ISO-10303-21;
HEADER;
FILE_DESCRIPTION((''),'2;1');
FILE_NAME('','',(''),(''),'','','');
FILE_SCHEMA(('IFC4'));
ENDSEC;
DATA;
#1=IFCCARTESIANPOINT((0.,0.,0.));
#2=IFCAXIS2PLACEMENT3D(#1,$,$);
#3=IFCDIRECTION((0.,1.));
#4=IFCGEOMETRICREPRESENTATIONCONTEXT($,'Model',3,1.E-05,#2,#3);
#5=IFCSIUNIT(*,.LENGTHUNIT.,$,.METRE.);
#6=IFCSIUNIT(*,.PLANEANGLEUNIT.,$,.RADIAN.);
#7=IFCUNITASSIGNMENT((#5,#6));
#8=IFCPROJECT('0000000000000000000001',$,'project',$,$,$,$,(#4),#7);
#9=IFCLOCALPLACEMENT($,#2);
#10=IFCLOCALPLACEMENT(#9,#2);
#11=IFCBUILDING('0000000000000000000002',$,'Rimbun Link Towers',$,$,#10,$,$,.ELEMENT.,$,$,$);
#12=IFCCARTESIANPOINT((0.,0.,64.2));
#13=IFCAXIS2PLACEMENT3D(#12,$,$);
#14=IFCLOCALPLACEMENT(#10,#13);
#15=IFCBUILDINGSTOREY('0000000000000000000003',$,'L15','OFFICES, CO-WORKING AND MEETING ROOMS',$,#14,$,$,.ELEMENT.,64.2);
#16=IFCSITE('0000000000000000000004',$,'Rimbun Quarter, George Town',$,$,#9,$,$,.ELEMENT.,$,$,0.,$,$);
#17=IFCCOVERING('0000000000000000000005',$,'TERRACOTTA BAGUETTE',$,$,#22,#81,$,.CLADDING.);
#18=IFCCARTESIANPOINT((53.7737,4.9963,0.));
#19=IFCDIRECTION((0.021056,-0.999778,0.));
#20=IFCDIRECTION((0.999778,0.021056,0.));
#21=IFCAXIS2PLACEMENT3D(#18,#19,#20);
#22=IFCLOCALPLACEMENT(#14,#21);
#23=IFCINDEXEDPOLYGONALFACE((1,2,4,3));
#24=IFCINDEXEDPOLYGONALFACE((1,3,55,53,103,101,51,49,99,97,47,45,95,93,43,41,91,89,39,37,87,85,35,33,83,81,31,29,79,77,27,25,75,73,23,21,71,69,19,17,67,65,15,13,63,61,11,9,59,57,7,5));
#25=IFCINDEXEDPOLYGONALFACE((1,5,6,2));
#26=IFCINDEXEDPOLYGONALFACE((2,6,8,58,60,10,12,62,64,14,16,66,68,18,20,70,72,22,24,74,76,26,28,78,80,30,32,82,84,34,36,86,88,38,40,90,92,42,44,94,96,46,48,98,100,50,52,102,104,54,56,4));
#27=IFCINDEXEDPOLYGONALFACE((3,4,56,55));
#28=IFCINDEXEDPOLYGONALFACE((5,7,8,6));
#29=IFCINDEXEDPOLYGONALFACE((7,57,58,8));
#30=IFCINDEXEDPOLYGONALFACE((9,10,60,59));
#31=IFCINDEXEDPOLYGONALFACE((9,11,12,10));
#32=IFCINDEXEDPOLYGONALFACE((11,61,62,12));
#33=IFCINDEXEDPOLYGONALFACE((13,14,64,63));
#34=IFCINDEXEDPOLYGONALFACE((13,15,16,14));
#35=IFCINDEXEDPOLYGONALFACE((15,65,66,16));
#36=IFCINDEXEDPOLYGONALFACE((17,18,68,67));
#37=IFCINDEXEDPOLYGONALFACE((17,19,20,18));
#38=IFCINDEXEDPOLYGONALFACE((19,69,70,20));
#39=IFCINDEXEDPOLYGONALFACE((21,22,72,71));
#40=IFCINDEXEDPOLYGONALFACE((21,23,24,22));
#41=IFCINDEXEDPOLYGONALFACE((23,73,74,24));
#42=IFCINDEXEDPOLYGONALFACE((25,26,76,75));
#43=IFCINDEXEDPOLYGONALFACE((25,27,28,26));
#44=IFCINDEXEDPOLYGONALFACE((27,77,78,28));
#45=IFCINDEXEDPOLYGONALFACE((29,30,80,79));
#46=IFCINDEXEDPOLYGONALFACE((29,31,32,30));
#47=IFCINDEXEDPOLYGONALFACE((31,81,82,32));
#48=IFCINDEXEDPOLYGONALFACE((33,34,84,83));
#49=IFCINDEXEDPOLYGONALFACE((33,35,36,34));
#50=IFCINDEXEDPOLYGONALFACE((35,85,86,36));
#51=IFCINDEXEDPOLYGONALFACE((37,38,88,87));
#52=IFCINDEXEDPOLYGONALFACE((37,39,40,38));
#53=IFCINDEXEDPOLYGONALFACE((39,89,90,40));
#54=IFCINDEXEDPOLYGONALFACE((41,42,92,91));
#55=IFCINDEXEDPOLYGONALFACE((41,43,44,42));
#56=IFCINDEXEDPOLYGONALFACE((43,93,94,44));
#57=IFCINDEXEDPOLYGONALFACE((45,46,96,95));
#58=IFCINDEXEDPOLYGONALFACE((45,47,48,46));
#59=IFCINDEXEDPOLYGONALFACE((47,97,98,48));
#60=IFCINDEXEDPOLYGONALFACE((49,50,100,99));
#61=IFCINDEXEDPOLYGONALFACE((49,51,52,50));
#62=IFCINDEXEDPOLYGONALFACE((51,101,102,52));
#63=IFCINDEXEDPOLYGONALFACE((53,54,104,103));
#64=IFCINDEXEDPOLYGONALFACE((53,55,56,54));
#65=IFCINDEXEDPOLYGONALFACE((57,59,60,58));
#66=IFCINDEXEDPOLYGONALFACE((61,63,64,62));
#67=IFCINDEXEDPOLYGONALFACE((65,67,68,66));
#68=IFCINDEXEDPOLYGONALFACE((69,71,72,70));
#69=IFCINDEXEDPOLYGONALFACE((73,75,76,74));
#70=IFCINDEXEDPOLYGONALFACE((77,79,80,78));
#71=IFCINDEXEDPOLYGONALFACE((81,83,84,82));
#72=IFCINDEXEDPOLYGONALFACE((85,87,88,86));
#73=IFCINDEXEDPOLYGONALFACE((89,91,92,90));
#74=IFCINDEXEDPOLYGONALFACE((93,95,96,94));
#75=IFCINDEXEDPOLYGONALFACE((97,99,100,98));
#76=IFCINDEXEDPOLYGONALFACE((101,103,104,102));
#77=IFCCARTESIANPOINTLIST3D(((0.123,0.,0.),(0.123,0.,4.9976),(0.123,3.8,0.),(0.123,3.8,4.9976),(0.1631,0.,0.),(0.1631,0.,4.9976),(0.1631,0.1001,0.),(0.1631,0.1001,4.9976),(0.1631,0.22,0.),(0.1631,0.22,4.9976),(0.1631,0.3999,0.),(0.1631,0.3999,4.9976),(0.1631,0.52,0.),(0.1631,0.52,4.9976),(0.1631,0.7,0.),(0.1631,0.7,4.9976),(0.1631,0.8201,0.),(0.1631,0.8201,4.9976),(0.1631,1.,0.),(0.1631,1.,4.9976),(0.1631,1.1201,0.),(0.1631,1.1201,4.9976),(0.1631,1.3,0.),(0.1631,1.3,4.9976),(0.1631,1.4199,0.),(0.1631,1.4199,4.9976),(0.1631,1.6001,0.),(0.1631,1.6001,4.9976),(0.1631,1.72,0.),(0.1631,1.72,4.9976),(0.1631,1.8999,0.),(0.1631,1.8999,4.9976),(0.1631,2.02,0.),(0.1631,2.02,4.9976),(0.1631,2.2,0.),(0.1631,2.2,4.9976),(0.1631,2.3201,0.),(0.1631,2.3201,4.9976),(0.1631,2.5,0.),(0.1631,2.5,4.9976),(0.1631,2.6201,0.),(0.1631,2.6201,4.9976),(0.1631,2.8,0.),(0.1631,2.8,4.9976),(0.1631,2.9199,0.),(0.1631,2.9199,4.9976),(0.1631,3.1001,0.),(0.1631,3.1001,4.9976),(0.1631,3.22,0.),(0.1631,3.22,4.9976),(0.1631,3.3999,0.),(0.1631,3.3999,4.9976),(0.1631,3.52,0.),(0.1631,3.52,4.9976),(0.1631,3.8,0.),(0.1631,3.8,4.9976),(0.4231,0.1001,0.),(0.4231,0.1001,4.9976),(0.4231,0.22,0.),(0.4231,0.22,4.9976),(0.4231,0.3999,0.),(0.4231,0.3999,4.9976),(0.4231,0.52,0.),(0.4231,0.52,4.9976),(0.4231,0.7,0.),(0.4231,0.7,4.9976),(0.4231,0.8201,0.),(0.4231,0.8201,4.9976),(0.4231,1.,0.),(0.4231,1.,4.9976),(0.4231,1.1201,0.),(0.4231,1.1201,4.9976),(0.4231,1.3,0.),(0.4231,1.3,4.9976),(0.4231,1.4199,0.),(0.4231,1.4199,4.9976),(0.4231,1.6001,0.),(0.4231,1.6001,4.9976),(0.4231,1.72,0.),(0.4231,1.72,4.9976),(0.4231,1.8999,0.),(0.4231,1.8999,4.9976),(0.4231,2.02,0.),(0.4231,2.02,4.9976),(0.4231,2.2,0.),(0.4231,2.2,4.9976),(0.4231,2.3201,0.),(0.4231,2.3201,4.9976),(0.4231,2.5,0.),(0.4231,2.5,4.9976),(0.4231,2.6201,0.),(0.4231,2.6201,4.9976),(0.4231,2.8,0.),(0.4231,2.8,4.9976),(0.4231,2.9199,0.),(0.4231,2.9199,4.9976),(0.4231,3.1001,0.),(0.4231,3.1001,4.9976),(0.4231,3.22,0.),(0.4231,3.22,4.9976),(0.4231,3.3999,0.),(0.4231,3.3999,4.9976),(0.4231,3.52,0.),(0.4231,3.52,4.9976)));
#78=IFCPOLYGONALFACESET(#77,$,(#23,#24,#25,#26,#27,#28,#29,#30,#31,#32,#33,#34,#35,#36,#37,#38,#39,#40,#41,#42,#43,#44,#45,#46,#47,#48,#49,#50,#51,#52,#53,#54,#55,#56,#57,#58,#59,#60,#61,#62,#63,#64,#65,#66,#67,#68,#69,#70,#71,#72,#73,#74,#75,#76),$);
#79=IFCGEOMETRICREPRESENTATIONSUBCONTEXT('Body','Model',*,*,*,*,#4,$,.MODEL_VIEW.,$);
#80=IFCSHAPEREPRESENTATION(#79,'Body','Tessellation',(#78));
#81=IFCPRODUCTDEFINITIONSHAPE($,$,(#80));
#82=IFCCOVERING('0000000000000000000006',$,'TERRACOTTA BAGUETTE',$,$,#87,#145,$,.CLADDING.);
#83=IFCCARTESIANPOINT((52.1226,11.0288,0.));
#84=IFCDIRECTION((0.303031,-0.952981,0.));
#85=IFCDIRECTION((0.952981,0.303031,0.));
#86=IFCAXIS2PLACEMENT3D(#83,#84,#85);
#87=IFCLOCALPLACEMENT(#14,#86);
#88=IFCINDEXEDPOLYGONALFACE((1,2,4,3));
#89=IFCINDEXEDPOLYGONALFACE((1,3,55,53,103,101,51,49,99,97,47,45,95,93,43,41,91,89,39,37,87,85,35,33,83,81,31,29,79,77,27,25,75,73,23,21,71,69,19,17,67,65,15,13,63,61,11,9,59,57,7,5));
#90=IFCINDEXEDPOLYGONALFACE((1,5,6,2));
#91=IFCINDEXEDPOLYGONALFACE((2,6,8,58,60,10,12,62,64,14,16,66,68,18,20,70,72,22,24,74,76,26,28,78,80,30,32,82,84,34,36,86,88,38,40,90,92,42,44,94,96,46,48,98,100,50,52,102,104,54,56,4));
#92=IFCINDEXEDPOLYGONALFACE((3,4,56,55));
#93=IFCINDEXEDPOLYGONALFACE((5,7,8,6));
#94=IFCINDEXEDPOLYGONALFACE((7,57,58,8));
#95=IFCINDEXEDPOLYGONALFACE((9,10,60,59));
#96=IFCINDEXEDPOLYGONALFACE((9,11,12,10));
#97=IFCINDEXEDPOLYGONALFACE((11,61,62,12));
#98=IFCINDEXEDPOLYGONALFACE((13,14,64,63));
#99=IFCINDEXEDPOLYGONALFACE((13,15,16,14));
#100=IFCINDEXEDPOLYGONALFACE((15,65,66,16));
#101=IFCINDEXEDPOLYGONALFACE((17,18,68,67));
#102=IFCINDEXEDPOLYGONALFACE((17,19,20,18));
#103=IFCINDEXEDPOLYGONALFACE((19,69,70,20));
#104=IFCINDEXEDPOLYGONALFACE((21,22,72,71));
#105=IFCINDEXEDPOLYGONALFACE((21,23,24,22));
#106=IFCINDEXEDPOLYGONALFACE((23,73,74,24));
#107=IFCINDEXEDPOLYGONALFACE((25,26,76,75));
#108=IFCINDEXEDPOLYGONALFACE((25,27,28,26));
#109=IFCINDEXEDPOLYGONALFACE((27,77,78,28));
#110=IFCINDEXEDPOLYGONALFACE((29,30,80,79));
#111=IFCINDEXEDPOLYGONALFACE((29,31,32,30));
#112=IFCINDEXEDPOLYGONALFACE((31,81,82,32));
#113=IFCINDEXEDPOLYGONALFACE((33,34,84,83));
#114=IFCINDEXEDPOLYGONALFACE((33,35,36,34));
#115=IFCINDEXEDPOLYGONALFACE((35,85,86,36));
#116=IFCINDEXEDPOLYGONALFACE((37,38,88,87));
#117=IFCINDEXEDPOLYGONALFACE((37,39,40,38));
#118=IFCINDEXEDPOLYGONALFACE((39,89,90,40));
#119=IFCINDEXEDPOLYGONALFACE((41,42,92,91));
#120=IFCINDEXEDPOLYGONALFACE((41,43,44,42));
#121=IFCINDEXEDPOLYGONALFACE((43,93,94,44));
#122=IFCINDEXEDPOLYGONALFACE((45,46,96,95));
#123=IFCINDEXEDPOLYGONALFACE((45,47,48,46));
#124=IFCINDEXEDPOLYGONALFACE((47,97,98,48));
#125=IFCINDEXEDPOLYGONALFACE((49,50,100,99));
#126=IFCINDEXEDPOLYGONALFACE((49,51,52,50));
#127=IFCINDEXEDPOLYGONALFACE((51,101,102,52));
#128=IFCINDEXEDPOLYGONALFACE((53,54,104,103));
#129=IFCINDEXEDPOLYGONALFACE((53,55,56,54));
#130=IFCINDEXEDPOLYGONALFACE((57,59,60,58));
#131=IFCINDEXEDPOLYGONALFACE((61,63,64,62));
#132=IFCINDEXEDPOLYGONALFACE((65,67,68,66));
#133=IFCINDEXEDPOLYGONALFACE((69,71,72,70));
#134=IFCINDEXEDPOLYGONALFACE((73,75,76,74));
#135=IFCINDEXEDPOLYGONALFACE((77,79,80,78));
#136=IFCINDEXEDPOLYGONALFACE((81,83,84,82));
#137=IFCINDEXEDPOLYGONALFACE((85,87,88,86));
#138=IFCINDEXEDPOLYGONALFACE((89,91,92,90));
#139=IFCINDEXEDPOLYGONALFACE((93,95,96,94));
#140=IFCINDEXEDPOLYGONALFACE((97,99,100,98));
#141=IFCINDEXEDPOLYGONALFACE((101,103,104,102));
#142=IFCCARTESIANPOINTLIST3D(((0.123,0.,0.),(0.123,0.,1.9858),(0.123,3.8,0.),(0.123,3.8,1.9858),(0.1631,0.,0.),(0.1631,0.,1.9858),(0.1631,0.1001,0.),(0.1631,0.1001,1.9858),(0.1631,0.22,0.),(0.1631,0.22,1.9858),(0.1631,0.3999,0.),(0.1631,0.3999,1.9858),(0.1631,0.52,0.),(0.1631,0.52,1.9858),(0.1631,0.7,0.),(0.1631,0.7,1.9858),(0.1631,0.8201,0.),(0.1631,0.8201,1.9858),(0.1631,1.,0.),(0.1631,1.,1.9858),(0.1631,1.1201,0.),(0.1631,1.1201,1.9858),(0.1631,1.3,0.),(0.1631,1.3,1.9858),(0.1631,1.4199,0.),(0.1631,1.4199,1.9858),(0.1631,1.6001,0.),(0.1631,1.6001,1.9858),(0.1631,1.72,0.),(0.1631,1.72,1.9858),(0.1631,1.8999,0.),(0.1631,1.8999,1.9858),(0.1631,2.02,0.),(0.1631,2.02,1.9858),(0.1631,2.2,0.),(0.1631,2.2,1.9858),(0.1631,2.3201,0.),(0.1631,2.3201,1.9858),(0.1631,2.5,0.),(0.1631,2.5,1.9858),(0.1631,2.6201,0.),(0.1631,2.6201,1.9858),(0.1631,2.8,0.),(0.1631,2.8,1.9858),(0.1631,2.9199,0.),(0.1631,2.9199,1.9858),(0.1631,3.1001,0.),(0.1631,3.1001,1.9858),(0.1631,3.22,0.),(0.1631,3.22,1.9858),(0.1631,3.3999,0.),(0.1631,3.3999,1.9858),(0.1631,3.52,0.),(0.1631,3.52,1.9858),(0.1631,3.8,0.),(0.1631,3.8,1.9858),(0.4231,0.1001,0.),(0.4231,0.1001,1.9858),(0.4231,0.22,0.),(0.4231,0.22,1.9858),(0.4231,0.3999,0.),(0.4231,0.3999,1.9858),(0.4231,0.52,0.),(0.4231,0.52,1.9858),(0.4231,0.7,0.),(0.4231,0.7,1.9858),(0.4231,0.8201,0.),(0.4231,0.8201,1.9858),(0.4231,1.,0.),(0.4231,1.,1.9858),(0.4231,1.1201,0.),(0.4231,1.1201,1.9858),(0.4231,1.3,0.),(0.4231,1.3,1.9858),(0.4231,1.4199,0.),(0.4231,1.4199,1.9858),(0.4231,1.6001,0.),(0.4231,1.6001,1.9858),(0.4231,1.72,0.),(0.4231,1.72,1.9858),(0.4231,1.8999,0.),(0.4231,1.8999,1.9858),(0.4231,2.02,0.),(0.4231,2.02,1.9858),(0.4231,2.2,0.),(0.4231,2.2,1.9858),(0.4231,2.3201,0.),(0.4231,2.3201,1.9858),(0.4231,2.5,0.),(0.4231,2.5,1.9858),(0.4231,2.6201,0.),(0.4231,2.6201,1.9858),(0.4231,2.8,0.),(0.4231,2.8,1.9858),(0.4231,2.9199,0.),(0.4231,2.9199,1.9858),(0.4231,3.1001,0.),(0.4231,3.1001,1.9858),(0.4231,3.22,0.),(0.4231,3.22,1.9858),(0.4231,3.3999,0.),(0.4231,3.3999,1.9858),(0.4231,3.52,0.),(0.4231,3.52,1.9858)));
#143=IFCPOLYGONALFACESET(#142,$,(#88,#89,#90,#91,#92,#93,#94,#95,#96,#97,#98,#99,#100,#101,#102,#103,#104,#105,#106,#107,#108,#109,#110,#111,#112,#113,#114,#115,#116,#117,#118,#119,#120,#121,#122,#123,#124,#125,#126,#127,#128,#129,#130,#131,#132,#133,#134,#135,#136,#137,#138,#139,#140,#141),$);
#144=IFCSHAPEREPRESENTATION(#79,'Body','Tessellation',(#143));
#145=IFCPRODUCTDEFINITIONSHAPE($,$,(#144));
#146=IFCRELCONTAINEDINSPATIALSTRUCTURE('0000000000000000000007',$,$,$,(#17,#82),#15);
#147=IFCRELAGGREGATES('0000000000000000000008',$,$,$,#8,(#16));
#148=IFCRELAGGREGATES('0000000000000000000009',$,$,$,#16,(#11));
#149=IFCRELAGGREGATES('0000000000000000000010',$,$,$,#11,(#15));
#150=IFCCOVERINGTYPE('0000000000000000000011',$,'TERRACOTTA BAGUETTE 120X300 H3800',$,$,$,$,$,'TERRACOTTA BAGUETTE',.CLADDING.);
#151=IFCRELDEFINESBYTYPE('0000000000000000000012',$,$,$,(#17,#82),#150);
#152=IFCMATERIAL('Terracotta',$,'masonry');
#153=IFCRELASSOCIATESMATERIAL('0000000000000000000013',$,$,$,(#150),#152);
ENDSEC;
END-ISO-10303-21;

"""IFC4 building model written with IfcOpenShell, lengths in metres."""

from ifc_helpers import new_model, si_unit, direction, frame, origin, place, context, subcontext, project, spatial, polyline, outline, extrude, material, material_profile, profile_set, type_object, element, save


model = new_model("IFC4")

# Units and contexts
model_context = context("Model", 3, precision=1e-05, world=origin(), true_north=direction((0.0, 1.0)))
body_context = subcontext(model_context, "Body", "Model", "MODEL_VIEW")
ifc_project = project(units=[si_unit("LENGTHUNIT", "METRE"), si_unit("PLANEANGLEUNIT", "RADIAN")], contexts=[model_context])

# Site, building, storey
site_placement = place(None, origin())
site = spatial("IfcSite", under=ifc_project, at=site_placement, Name="Rimbun Quarter, George Town", CompositionType="ELEMENT", RefElevation=0.0)
building_placement = place(site_placement, origin())
building = spatial("IfcBuilding", under=site, at=building_placement, Name="Rimbun Link Towers", CompositionType="ELEMENT")
storey_placement = place(building_placement, frame((0.0, 0.0, 64.2)))
storey = spatial("IfcBuildingStorey", under=building, at=storey_placement, Name="L15", Description="OFFICES, CO-WORKING AND MEETING ROOMS", CompositionType="ELEMENT", Elevation=64.2)

# Coverings
ifc_material_1 = material(Name="Terracotta", Category="masonry")
ifc_material_profile_1 = material_profile(ifc_material_1, outline(polyline([(0.123, 0.0), (0.1631, 0.0), (0.1631, 0.1001), (0.4231, 0.1001), (0.4231, 0.22), (0.1631, 0.22), (0.1631, 0.3999), (0.4231, 0.3999), (0.4231, 0.52), (0.1631, 0.52), (0.1631, 0.7), (0.4231, 0.7), (0.4231, 0.8201), (0.1631, 0.8201), (0.1631, 1.0), (0.4231, 1.0), (0.4231, 1.1201), (0.1631, 1.1201), (0.1631, 1.3), (0.4231, 1.3), (0.4231, 1.4199), (0.1631, 1.4199), (0.1631, 1.6001), (0.4231, 1.6001), (0.4231, 1.72), (0.1631, 1.72), (0.1631, 1.8999), (0.4231, 1.8999), (0.4231, 2.02), (0.1631, 2.02), (0.1631, 2.2), (0.4231, 2.2), (0.4231, 2.3201), (0.1631, 2.3201), (0.1631, 2.5), (0.4231, 2.5), (0.4231, 2.6201), (0.1631, 2.6201), (0.1631, 2.8), (0.4231, 2.8), (0.4231, 2.9199), (0.1631, 2.9199), (0.1631, 3.1001), (0.4231, 3.1001), (0.4231, 3.22), (0.1631, 3.22), (0.1631, 3.3999), (0.4231, 3.3999), (0.4231, 3.52), (0.1631, 3.52), (0.1631, 3.8), (0.123, 3.8), (0.123, 0.0)])), Name="BAGUETTE 120X300")
ifc_profile_set_1 = profile_set([ifc_material_profile_1], Name="Terracotta")
covering_type = type_object("IfcCoveringType", Name="TERRACOTTA BAGUETTE 120X300 H3800", ElementType="TERRACOTTA BAGUETTE", PredefinedType="CLADDING", material=ifc_profile_set_1)
covering_1_placement = place(storey_placement, frame((53.7737, 4.9963, 0.0), z_axis=(0.021056, -0.999778, 0.0), x_axis=(0.999778, 0.021056, 0.0)))
element("IfcCovering", 1, at=covering_1_placement, inside=storey, type_object=covering_type, Name="TERRACOTTA BAGUETTE", PredefinedType="CLADDING", context=body_context, shape_type="SweptSolid", body=[
    extrude(outline(polyline([(0.123, 0.0), (0.1631, 0.0), (0.1631, 0.1001), (0.4231, 0.1001), (0.4231, 0.22), (0.1631, 0.22), (0.1631, 0.3999), (0.4231, 0.3999), (0.4231, 0.52), (0.1631, 0.52), (0.1631, 0.7), (0.4231, 0.7), (0.4231, 0.8201), (0.1631, 0.8201), (0.1631, 1.0), (0.4231, 1.0), (0.4231, 1.1201), (0.1631, 1.1201), (0.1631, 1.3), (0.4231, 1.3), (0.4231, 1.4199), (0.1631, 1.4199), (0.1631, 1.6001), (0.4231, 1.6001), (0.4231, 1.72), (0.1631, 1.72), (0.1631, 1.8999), (0.4231, 1.8999), (0.4231, 2.02), (0.1631, 2.02), (0.1631, 2.2), (0.4231, 2.2), (0.4231, 2.3201), (0.1631, 2.3201), (0.1631, 2.5), (0.4231, 2.5), (0.4231, 2.6201), (0.1631, 2.6201), (0.1631, 2.8), (0.4231, 2.8), (0.4231, 2.9199), (0.1631, 2.9199), (0.1631, 3.1001), (0.4231, 3.1001), (0.4231, 3.22), (0.1631, 3.22), (0.1631, 3.3999), (0.4231, 3.3999), (0.4231, 3.52), (0.1631, 3.52), (0.1631, 3.8), (0.123, 3.8), (0.123, 0.0)])), origin(), (0.0, 0.0, 1.0), 4.9976),
])
covering_2_placement = place(storey_placement, frame((52.1226, 11.0288, 0.0), z_axis=(0.303031, -0.952981, 0.0), x_axis=(0.952981, 0.303031, 0.0)))
element("IfcCovering", 2, at=covering_2_placement, inside=storey, type_object=covering_type, Name="TERRACOTTA BAGUETTE", PredefinedType="CLADDING", context=body_context, shape_type="SweptSolid", body=[
    extrude(outline(polyline([(0.123, 0.0), (0.1631, 0.0), (0.1631, 0.1001), (0.4231, 0.1001), (0.4231, 0.22), (0.1631, 0.22), (0.1631, 0.3999), (0.4231, 0.3999), (0.4231, 0.52), (0.1631, 0.52), (0.1631, 0.7), (0.4231, 0.7), (0.4231, 0.8201), (0.1631, 0.8201), (0.1631, 1.0), (0.4231, 1.0), (0.4231, 1.1201), (0.1631, 1.1201), (0.1631, 1.3), (0.4231, 1.3), (0.4231, 1.4199), (0.1631, 1.4199), (0.1631, 1.6001), (0.4231, 1.6001), (0.4231, 1.72), (0.1631, 1.72), (0.1631, 1.8999), (0.4231, 1.8999), (0.4231, 2.02), (0.1631, 2.02), (0.1631, 2.2), (0.4231, 2.2), (0.4231, 2.3201), (0.1631, 2.3201), (0.1631, 2.5), (0.4231, 2.5), (0.4231, 2.6201), (0.1631, 2.6201), (0.1631, 2.8), (0.4231, 2.8), (0.4231, 2.9199), (0.1631, 2.9199), (0.1631, 3.1001), (0.4231, 3.1001), (0.4231, 3.22), (0.1631, 3.22), (0.1631, 3.3999), (0.4231, 3.3999), (0.4231, 3.52), (0.1631, 3.52), (0.1631, 3.8), (0.123, 3.8), (0.123, 0.0)])), origin(), (0.0, 0.0, 1.0), 1.9858),
])

save(model, "model.ifc")
